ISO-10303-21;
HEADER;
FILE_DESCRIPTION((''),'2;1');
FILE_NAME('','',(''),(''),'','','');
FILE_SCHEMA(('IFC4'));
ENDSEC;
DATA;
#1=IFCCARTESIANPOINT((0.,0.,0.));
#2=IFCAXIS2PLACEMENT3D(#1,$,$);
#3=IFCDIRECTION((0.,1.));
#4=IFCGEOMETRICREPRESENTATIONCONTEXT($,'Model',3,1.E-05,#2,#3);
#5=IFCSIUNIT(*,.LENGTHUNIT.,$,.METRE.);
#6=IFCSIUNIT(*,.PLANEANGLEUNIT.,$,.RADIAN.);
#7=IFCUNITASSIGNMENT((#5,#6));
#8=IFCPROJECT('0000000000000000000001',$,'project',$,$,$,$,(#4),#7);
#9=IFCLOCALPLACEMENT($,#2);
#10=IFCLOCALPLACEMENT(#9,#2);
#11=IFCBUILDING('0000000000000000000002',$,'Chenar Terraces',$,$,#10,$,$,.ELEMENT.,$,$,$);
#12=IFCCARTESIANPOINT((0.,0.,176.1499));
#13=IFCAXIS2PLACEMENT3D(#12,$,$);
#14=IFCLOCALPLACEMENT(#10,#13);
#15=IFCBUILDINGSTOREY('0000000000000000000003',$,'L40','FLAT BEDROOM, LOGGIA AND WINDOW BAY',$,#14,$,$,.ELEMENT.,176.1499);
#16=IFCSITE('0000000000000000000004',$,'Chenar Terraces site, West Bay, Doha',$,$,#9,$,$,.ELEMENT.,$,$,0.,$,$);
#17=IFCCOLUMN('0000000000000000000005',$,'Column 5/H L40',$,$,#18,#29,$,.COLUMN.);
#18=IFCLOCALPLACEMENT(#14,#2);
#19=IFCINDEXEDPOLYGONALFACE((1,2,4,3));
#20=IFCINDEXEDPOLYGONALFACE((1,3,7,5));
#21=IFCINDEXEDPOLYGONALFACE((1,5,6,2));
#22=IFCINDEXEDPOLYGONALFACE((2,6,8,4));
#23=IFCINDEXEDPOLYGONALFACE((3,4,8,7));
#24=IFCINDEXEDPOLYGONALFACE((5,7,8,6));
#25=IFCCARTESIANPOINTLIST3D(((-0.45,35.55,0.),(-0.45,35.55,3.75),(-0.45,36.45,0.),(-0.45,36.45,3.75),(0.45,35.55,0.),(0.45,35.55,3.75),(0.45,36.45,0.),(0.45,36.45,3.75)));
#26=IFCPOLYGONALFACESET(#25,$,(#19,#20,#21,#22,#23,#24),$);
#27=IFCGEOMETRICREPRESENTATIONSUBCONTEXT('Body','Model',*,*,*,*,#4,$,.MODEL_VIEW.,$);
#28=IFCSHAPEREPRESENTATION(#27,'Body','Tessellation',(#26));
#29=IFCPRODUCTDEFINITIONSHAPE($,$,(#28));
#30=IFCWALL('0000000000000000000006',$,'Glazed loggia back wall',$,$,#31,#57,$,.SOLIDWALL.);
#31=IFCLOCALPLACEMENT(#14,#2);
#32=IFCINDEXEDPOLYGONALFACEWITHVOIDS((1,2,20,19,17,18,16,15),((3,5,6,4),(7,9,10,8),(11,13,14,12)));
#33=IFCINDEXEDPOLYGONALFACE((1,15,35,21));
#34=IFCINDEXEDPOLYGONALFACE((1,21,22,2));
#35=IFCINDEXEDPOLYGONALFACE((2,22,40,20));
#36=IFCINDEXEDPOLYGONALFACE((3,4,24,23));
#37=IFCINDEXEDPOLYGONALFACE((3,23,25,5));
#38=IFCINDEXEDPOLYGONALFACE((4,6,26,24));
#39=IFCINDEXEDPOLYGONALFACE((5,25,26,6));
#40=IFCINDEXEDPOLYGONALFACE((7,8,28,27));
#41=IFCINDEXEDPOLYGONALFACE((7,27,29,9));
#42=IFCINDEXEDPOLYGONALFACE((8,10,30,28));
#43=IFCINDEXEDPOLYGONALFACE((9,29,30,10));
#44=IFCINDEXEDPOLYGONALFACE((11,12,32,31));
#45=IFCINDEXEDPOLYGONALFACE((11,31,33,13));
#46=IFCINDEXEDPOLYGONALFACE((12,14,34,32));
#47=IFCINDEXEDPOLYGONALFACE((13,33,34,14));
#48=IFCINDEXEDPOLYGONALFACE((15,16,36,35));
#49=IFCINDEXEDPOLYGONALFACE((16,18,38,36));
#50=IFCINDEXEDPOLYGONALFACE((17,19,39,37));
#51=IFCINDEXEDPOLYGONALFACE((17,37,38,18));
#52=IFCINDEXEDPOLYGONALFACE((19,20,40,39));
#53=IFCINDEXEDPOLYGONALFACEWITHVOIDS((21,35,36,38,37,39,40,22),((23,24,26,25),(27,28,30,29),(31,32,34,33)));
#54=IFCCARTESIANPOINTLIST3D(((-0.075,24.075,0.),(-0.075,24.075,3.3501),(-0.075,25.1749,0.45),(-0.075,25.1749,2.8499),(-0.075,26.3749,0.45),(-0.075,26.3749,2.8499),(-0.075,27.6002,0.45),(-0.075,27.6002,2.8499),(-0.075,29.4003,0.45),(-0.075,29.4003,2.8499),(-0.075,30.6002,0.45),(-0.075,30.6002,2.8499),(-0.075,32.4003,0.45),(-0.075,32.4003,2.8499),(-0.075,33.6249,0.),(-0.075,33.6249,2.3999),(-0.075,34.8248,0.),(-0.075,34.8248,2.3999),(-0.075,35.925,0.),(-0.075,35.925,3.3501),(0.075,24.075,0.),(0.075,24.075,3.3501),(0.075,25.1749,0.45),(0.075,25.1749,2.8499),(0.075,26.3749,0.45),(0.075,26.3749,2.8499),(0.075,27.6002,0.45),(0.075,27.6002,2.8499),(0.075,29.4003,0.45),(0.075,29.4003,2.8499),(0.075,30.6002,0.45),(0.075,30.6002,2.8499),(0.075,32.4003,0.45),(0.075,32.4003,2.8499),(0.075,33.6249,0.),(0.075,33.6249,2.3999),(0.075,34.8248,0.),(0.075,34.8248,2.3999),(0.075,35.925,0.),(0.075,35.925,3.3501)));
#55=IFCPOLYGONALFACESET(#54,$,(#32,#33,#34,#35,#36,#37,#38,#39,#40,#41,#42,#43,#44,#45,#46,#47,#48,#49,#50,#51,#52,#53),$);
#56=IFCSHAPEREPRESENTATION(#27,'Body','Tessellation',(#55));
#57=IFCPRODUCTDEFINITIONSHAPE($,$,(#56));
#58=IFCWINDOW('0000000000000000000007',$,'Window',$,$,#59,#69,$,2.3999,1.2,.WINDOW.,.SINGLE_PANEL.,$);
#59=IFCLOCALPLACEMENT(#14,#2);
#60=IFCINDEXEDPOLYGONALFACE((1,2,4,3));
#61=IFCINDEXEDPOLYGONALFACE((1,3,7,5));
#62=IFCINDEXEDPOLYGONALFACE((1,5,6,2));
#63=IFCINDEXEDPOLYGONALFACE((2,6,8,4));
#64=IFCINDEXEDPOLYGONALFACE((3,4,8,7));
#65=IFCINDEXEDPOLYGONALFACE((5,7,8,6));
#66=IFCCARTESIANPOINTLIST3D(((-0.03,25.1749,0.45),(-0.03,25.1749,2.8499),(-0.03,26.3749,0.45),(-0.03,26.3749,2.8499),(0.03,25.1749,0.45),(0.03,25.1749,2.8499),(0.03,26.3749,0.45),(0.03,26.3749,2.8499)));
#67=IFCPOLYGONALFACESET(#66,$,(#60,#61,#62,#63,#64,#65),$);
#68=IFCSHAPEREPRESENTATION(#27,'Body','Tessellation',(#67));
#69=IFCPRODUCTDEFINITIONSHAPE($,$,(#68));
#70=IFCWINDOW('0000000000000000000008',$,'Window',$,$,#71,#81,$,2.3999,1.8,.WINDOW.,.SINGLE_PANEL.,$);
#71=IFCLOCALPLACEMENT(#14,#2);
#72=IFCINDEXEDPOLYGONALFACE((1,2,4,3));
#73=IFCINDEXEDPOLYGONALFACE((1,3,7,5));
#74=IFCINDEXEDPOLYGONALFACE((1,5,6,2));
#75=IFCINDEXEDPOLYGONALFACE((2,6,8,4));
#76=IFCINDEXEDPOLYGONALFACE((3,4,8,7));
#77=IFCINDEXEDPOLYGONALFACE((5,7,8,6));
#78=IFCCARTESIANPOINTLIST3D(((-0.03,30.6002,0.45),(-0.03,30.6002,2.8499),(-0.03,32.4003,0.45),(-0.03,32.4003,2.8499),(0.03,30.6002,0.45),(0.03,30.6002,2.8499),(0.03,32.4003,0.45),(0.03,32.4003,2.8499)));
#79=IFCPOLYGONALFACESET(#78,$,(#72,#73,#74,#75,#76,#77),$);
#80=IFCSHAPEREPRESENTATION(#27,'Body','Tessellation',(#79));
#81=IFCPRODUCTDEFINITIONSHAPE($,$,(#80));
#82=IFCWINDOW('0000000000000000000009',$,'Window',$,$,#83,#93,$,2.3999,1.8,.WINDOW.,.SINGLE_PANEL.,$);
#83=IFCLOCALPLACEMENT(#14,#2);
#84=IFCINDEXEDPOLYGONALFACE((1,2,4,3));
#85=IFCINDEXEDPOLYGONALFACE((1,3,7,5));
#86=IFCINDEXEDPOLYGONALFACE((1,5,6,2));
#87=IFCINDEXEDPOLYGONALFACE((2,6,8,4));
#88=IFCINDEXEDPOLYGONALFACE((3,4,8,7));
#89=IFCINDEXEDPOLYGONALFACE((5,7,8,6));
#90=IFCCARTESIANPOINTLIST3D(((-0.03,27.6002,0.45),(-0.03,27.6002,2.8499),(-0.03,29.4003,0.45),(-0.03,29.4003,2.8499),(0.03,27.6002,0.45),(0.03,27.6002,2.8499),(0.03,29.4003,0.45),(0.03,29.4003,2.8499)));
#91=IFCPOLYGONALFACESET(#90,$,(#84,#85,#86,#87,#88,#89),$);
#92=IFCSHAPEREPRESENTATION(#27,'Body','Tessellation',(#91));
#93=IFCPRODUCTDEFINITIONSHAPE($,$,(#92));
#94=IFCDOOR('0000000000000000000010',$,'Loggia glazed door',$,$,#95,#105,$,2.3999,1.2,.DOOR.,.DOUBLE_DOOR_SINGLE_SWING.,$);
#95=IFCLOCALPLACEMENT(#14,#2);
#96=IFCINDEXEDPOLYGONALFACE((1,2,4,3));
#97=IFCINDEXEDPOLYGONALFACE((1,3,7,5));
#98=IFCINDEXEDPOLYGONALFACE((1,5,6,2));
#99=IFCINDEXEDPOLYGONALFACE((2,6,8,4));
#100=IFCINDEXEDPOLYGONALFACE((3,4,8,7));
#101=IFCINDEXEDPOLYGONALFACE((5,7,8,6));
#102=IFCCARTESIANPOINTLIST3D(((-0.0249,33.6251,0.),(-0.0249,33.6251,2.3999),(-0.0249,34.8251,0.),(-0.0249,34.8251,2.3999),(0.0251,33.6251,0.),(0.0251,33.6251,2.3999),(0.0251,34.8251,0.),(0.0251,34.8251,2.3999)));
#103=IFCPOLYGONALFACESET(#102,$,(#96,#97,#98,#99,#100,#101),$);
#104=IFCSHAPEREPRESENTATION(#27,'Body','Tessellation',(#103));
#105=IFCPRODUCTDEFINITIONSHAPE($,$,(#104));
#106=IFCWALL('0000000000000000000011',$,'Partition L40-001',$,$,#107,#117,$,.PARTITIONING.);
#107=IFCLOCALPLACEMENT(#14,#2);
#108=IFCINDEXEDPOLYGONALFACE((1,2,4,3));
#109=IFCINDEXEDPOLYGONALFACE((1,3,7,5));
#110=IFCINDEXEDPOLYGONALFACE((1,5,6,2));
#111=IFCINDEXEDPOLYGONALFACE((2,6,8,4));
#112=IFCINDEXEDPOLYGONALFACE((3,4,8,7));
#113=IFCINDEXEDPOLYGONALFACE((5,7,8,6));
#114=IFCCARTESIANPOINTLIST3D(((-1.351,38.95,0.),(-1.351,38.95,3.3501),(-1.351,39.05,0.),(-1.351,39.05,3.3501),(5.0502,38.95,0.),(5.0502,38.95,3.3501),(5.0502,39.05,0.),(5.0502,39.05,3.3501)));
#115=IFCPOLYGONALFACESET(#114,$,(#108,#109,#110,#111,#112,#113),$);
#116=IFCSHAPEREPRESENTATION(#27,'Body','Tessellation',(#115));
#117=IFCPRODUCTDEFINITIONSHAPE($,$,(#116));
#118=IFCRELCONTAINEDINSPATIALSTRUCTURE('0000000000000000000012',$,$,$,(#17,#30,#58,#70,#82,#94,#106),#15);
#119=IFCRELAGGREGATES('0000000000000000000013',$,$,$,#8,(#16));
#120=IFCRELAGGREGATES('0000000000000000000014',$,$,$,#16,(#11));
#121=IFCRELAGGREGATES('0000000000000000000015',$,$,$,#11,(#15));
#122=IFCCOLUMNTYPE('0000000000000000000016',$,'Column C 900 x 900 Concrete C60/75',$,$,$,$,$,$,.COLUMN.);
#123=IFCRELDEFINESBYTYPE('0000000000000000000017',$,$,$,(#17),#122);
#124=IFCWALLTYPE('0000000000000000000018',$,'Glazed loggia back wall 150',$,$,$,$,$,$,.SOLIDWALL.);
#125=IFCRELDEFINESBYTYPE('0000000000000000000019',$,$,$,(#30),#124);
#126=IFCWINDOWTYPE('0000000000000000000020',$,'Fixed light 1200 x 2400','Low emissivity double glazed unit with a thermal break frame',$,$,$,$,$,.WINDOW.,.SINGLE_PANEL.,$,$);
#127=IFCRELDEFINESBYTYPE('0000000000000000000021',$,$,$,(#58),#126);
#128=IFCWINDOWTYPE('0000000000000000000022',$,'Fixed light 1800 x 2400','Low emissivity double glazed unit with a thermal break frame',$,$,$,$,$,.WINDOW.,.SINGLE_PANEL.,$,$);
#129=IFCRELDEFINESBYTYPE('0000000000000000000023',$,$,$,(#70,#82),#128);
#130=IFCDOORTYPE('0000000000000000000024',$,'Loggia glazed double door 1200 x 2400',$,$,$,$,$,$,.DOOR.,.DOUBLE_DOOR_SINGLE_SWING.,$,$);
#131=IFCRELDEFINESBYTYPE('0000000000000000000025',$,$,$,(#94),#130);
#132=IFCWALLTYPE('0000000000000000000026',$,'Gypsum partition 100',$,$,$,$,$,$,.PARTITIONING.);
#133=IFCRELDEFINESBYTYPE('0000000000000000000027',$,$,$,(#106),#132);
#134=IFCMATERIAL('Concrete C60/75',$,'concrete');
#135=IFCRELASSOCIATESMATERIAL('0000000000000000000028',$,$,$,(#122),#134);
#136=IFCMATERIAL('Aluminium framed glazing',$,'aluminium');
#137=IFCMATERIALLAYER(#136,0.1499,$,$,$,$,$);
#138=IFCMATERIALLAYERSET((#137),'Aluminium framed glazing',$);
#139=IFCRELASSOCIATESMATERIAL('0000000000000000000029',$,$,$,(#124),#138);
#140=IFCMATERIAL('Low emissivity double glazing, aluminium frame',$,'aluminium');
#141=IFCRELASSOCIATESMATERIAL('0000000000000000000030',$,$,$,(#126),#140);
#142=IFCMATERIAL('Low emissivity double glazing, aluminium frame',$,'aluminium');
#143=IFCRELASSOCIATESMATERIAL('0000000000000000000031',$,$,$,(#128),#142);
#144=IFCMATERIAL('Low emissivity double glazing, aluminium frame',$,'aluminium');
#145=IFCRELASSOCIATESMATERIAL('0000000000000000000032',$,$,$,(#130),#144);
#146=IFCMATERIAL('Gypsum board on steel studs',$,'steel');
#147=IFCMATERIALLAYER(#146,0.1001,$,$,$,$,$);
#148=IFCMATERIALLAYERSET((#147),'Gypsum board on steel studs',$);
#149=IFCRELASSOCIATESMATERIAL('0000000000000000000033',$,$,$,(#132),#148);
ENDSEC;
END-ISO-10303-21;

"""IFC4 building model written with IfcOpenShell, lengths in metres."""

from ifc_helpers import new_model, si_unit, direction, frame, frame_2d, origin, origin_2d, place, context, subcontext, project, spatial, rectangle, extrude, material, layer, layer_set, material_profile, profile_set, type_object, element, fill, save


model = new_model("IFC4")

# Units and contexts
model_context = context("Model", 3, precision=1e-05, world=origin(), true_north=direction((0.0, 1.0)))
body_context = subcontext(model_context, "Body", "Model", "MODEL_VIEW")
ifc_project = project(units=[si_unit("LENGTHUNIT", "METRE"), si_unit("PLANEANGLEUNIT", "RADIAN")], contexts=[model_context])

# Site, building, storey
site_placement = place(None, origin())
site = spatial("IfcSite", under=ifc_project, at=site_placement, Name="Chenar Terraces site, West Bay, Doha", CompositionType="ELEMENT", RefElevation=0.0)
building_placement = place(site_placement, origin())
building = spatial("IfcBuilding", under=site, at=building_placement, Name="Chenar Terraces", CompositionType="ELEMENT")
storey_placement = place(building_placement, frame((0.0, 0.0, 176.1499)))
storey = spatial("IfcBuildingStorey", under=building, at=storey_placement, Name="L40", Description="FLAT BEDROOM, LOGGIA AND WINDOW BAY", CompositionType="ELEMENT", Elevation=176.1499)

# Column
ifc_material_1 = material(Name="Concrete C60/75", Category="concrete")
ifc_material_profile = material_profile(ifc_material_1, rectangle(XDim=0.8999, YDim=0.8999, at=origin_2d()), Name="C 900 x 900")
ifc_profile_set = profile_set([ifc_material_profile], Name="Concrete C60/75")
column_type = type_object("IfcColumnType", Name="Column C 900 x 900 Concrete C60/75", PredefinedType="COLUMN", material=ifc_profile_set)
placement = place(storey_placement, frame((0.0, 36.0, 0.0), z_axis=(0.0, 0.0, 1.0), x_axis=(1.0, 0.0, 0.0)))
element("IfcColumn", 1, at=placement, inside=storey, type_object=column_type, Name="Column 5/H L40", PredefinedType="COLUMN", context=body_context, shape_type="SweptSolid", body=[
    extrude(rectangle(XDim=0.8999, YDim=0.8999, at=origin_2d()), origin(), (0.0, 0.0, 1.0), 3.75),
])

# Wall, openings, windows, door
ifc_material_2 = material(Name="Aluminium framed glazing", Category="aluminium")
ifc_layer_1 = layer(ifc_material_2, 0.1499)
ifc_layer_set_1 = layer_set([ifc_layer_1], Name="Aluminium framed glazing")
wall_type_1 = type_object("IfcWallType", Name="Glazed loggia back wall 150", PredefinedType="SOLIDWALL", material=ifc_layer_set_1)
wall_1_placement = place(storey_placement, frame((0.0, 35.925, 0.0), z_axis=(0.0, 0.0, 1.0), x_axis=(0.0, -1.0, 0.0)))
wall_1 = element("IfcWall", 2, at=wall_1_placement, inside=storey, type_object=wall_type_1, Name="Glazed loggia back wall", PredefinedType="SOLIDWALL", context=body_context, shape_type="SweptSolid", body=[
    extrude(rectangle(XDim=11.8501, YDim=0.1499, at=frame_2d((5.925, 0.0))), origin(), (0.0, 0.0, 1.0), 3.3501),
])
opening_1_placement = place(wall_1_placement, frame((1.1001, 0.0, 0.0)))
opening_1 = element("IfcOpeningElement", 3, at=opening_1_placement, cuts=wall_1, PredefinedType="OPENING", context=body_context, shape_type="SweptSolid", body=[
    extrude(rectangle(XDim=1.2, YDim=2.3999, at=frame_2d((0.6001, 1.2))), frame((0.0, 0.085, 0.0), z_axis=(0.0, -1.0, 0.0), x_axis=(1.0, 0.0, 0.0)), (0.0, 0.0, 1.0), 0.1699),
])
opening_2_placement = place(wall_1_placement, frame((3.5249, 0.0, 0.45)))
opening_2 = element("IfcOpeningElement", 4, at=opening_2_placement, cuts=wall_1, PredefinedType="OPENING", context=body_context, shape_type="SweptSolid", body=[
    extrude(rectangle(XDim=1.8, YDim=2.3999, at=frame_2d((0.8999, 1.2))), frame((0.0, 0.085, 0.0), z_axis=(0.0, -1.0, 0.0), x_axis=(1.0, 0.0, 0.0)), (0.0, 0.0, 1.0), 0.1699),
])
opening_3_placement = place(wall_1_placement, frame((6.5249, 0.0, 0.45)))
opening_3 = element("IfcOpeningElement", 5, at=opening_3_placement, cuts=wall_1, PredefinedType="OPENING", context=body_context, shape_type="SweptSolid", body=[
    extrude(rectangle(XDim=1.8, YDim=2.3999, at=frame_2d((0.8999, 1.2))), frame((0.0, 0.085, 0.0), z_axis=(0.0, -1.0, 0.0), x_axis=(1.0, 0.0, 0.0)), (0.0, 0.0, 1.0), 0.1699),
])
opening_4_placement = place(wall_1_placement, frame((9.55, 0.0, 0.45)))
opening_4 = element("IfcOpeningElement", 6, at=opening_4_placement, cuts=wall_1, PredefinedType="OPENING", context=body_context, shape_type="SweptSolid", body=[
    extrude(rectangle(XDim=1.2, YDim=2.3999, at=frame_2d((0.6001, 1.2))), frame((0.0, 0.085, 0.0), z_axis=(0.0, -1.0, 0.0), x_axis=(1.0, 0.0, 0.0)), (0.0, 0.0, 1.0), 0.1699),
])
ifc_material_3 = material(Name="Low emissivity double glazing, aluminium frame", Category="aluminium")
window_type_1 = type_object("IfcWindowType", Name="Fixed light 1200 x 2400", Description="Low emissivity double glazed unit with a thermal break frame", PartitioningType="SINGLE_PANEL", PredefinedType="WINDOW", material=ifc_material_3)
window_1_placement = place(opening_4_placement, origin())
window_1 = element("IfcWindow", 7, at=window_1_placement, inside=storey, type_object=window_type_1, Name="Window", OverallHeight=2.3999, OverallWidth=1.2, PartitioningType="SINGLE_PANEL", PredefinedType="WINDOW", context=body_context, shape_type="SweptSolid", body=[
    extrude(rectangle(XDim=1.2, YDim=2.3999, at=frame_2d((0.6001, 1.2))), frame((0.0, 0.03, 0.0), z_axis=(0.0, -1.0, 0.0), x_axis=(1.0, 0.0, 0.0)), (0.0, 0.0, 1.0), 0.0601),
])
fill(opening_4, window_1)
ifc_material_4 = material(Name="Low emissivity double glazing, aluminium frame", Category="aluminium")
window_type_2 = type_object("IfcWindowType", Name="Fixed light 1800 x 2400", Description="Low emissivity double glazed unit with a thermal break frame", PartitioningType="SINGLE_PANEL", PredefinedType="WINDOW", material=ifc_material_4)
window_2_placement = place(opening_2_placement, origin())
window_2 = element("IfcWindow", 8, at=window_2_placement, inside=storey, type_object=window_type_2, Name="Window", OverallHeight=2.3999, OverallWidth=1.8, PartitioningType="SINGLE_PANEL", PredefinedType="WINDOW", context=body_context, shape_type="SweptSolid", body=[
    extrude(rectangle(XDim=1.8, YDim=2.3999, at=frame_2d((0.8999, 1.2))), frame((0.0, 0.03, 0.0), z_axis=(0.0, -1.0, 0.0), x_axis=(1.0, 0.0, 0.0)), (0.0, 0.0, 1.0), 0.0601),
])
fill(opening_2, window_2)
window_3_placement = place(opening_3_placement, origin())
window_3 = element("IfcWindow", 9, at=window_3_placement, inside=storey, type_object=window_type_2, Name="Window", OverallHeight=2.3999, OverallWidth=1.8, PartitioningType="SINGLE_PANEL", PredefinedType="WINDOW", context=body_context, shape_type="SweptSolid", body=[
    extrude(rectangle(XDim=1.8, YDim=2.3999, at=frame_2d((0.8999, 1.2))), frame((0.0, 0.03, 0.0), z_axis=(0.0, -1.0, 0.0), x_axis=(1.0, 0.0, 0.0)), (0.0, 0.0, 1.0), 0.0601),
])
fill(opening_3, window_3)
ifc_material_5 = material(Name="Low emissivity double glazing, aluminium frame", Category="aluminium")
door_type_1 = type_object("IfcDoorType", Name="Loggia glazed double door 1200 x 2400", OperationType="DOUBLE_DOOR_SINGLE_SWING", PredefinedType="DOOR", material=ifc_material_5)
door_1_placement = place(opening_1_placement, frame((1.2, 0.0, 0.0), z_axis=(0.0, 0.0, 1.0), x_axis=(-1.0, 0.0, 0.0)))
door_1 = element("IfcDoor", 10, at=door_1_placement, inside=storey, type_object=door_type_1, Name="Loggia glazed door", OperationType="DOUBLE_DOOR_SINGLE_SWING", OverallHeight=2.3999, OverallWidth=1.2, PredefinedType="DOOR", context=body_context, shape_type="SweptSolid", body=[
    extrude(rectangle(XDim=1.2, YDim=2.3999, at=frame_2d((0.6001, 1.2))), frame((0.0, 0.0249, 0.0), z_axis=(0.0, -1.0, 0.0), x_axis=(1.0, 0.0, 0.0)), (0.0, 0.0, 1.0), 0.05),
])
fill(opening_1, door_1)

# Wall
ifc_material_6 = material(Name="Gypsum board on steel studs", Category="steel")
ifc_layer_2 = layer(ifc_material_6, 0.1001)
ifc_layer_set_2 = layer_set([ifc_layer_2], Name="Gypsum board on steel studs")
wall_type_2 = type_object("IfcWallType", Name="Gypsum partition 100", PredefinedType="PARTITIONING", material=ifc_layer_set_2)
wall_2_placement = place(storey_placement, frame((-1.3511, 39.0, 0.0), z_axis=(0.0, 0.0, 1.0), x_axis=(1.0, 0.0, 0.0)))
element("IfcWall", 11, at=wall_2_placement, inside=storey, type_object=wall_type_2, Name="Partition L40-001", PredefinedType="PARTITIONING", context=body_context, shape_type="SweptSolid", body=[
    extrude(rectangle(XDim=6.4011, YDim=0.1001, at=frame_2d((3.2007, 0.0))), origin(), (0.0, 0.0, 1.0), 3.3501),
])

save(model, "model.ifc")
